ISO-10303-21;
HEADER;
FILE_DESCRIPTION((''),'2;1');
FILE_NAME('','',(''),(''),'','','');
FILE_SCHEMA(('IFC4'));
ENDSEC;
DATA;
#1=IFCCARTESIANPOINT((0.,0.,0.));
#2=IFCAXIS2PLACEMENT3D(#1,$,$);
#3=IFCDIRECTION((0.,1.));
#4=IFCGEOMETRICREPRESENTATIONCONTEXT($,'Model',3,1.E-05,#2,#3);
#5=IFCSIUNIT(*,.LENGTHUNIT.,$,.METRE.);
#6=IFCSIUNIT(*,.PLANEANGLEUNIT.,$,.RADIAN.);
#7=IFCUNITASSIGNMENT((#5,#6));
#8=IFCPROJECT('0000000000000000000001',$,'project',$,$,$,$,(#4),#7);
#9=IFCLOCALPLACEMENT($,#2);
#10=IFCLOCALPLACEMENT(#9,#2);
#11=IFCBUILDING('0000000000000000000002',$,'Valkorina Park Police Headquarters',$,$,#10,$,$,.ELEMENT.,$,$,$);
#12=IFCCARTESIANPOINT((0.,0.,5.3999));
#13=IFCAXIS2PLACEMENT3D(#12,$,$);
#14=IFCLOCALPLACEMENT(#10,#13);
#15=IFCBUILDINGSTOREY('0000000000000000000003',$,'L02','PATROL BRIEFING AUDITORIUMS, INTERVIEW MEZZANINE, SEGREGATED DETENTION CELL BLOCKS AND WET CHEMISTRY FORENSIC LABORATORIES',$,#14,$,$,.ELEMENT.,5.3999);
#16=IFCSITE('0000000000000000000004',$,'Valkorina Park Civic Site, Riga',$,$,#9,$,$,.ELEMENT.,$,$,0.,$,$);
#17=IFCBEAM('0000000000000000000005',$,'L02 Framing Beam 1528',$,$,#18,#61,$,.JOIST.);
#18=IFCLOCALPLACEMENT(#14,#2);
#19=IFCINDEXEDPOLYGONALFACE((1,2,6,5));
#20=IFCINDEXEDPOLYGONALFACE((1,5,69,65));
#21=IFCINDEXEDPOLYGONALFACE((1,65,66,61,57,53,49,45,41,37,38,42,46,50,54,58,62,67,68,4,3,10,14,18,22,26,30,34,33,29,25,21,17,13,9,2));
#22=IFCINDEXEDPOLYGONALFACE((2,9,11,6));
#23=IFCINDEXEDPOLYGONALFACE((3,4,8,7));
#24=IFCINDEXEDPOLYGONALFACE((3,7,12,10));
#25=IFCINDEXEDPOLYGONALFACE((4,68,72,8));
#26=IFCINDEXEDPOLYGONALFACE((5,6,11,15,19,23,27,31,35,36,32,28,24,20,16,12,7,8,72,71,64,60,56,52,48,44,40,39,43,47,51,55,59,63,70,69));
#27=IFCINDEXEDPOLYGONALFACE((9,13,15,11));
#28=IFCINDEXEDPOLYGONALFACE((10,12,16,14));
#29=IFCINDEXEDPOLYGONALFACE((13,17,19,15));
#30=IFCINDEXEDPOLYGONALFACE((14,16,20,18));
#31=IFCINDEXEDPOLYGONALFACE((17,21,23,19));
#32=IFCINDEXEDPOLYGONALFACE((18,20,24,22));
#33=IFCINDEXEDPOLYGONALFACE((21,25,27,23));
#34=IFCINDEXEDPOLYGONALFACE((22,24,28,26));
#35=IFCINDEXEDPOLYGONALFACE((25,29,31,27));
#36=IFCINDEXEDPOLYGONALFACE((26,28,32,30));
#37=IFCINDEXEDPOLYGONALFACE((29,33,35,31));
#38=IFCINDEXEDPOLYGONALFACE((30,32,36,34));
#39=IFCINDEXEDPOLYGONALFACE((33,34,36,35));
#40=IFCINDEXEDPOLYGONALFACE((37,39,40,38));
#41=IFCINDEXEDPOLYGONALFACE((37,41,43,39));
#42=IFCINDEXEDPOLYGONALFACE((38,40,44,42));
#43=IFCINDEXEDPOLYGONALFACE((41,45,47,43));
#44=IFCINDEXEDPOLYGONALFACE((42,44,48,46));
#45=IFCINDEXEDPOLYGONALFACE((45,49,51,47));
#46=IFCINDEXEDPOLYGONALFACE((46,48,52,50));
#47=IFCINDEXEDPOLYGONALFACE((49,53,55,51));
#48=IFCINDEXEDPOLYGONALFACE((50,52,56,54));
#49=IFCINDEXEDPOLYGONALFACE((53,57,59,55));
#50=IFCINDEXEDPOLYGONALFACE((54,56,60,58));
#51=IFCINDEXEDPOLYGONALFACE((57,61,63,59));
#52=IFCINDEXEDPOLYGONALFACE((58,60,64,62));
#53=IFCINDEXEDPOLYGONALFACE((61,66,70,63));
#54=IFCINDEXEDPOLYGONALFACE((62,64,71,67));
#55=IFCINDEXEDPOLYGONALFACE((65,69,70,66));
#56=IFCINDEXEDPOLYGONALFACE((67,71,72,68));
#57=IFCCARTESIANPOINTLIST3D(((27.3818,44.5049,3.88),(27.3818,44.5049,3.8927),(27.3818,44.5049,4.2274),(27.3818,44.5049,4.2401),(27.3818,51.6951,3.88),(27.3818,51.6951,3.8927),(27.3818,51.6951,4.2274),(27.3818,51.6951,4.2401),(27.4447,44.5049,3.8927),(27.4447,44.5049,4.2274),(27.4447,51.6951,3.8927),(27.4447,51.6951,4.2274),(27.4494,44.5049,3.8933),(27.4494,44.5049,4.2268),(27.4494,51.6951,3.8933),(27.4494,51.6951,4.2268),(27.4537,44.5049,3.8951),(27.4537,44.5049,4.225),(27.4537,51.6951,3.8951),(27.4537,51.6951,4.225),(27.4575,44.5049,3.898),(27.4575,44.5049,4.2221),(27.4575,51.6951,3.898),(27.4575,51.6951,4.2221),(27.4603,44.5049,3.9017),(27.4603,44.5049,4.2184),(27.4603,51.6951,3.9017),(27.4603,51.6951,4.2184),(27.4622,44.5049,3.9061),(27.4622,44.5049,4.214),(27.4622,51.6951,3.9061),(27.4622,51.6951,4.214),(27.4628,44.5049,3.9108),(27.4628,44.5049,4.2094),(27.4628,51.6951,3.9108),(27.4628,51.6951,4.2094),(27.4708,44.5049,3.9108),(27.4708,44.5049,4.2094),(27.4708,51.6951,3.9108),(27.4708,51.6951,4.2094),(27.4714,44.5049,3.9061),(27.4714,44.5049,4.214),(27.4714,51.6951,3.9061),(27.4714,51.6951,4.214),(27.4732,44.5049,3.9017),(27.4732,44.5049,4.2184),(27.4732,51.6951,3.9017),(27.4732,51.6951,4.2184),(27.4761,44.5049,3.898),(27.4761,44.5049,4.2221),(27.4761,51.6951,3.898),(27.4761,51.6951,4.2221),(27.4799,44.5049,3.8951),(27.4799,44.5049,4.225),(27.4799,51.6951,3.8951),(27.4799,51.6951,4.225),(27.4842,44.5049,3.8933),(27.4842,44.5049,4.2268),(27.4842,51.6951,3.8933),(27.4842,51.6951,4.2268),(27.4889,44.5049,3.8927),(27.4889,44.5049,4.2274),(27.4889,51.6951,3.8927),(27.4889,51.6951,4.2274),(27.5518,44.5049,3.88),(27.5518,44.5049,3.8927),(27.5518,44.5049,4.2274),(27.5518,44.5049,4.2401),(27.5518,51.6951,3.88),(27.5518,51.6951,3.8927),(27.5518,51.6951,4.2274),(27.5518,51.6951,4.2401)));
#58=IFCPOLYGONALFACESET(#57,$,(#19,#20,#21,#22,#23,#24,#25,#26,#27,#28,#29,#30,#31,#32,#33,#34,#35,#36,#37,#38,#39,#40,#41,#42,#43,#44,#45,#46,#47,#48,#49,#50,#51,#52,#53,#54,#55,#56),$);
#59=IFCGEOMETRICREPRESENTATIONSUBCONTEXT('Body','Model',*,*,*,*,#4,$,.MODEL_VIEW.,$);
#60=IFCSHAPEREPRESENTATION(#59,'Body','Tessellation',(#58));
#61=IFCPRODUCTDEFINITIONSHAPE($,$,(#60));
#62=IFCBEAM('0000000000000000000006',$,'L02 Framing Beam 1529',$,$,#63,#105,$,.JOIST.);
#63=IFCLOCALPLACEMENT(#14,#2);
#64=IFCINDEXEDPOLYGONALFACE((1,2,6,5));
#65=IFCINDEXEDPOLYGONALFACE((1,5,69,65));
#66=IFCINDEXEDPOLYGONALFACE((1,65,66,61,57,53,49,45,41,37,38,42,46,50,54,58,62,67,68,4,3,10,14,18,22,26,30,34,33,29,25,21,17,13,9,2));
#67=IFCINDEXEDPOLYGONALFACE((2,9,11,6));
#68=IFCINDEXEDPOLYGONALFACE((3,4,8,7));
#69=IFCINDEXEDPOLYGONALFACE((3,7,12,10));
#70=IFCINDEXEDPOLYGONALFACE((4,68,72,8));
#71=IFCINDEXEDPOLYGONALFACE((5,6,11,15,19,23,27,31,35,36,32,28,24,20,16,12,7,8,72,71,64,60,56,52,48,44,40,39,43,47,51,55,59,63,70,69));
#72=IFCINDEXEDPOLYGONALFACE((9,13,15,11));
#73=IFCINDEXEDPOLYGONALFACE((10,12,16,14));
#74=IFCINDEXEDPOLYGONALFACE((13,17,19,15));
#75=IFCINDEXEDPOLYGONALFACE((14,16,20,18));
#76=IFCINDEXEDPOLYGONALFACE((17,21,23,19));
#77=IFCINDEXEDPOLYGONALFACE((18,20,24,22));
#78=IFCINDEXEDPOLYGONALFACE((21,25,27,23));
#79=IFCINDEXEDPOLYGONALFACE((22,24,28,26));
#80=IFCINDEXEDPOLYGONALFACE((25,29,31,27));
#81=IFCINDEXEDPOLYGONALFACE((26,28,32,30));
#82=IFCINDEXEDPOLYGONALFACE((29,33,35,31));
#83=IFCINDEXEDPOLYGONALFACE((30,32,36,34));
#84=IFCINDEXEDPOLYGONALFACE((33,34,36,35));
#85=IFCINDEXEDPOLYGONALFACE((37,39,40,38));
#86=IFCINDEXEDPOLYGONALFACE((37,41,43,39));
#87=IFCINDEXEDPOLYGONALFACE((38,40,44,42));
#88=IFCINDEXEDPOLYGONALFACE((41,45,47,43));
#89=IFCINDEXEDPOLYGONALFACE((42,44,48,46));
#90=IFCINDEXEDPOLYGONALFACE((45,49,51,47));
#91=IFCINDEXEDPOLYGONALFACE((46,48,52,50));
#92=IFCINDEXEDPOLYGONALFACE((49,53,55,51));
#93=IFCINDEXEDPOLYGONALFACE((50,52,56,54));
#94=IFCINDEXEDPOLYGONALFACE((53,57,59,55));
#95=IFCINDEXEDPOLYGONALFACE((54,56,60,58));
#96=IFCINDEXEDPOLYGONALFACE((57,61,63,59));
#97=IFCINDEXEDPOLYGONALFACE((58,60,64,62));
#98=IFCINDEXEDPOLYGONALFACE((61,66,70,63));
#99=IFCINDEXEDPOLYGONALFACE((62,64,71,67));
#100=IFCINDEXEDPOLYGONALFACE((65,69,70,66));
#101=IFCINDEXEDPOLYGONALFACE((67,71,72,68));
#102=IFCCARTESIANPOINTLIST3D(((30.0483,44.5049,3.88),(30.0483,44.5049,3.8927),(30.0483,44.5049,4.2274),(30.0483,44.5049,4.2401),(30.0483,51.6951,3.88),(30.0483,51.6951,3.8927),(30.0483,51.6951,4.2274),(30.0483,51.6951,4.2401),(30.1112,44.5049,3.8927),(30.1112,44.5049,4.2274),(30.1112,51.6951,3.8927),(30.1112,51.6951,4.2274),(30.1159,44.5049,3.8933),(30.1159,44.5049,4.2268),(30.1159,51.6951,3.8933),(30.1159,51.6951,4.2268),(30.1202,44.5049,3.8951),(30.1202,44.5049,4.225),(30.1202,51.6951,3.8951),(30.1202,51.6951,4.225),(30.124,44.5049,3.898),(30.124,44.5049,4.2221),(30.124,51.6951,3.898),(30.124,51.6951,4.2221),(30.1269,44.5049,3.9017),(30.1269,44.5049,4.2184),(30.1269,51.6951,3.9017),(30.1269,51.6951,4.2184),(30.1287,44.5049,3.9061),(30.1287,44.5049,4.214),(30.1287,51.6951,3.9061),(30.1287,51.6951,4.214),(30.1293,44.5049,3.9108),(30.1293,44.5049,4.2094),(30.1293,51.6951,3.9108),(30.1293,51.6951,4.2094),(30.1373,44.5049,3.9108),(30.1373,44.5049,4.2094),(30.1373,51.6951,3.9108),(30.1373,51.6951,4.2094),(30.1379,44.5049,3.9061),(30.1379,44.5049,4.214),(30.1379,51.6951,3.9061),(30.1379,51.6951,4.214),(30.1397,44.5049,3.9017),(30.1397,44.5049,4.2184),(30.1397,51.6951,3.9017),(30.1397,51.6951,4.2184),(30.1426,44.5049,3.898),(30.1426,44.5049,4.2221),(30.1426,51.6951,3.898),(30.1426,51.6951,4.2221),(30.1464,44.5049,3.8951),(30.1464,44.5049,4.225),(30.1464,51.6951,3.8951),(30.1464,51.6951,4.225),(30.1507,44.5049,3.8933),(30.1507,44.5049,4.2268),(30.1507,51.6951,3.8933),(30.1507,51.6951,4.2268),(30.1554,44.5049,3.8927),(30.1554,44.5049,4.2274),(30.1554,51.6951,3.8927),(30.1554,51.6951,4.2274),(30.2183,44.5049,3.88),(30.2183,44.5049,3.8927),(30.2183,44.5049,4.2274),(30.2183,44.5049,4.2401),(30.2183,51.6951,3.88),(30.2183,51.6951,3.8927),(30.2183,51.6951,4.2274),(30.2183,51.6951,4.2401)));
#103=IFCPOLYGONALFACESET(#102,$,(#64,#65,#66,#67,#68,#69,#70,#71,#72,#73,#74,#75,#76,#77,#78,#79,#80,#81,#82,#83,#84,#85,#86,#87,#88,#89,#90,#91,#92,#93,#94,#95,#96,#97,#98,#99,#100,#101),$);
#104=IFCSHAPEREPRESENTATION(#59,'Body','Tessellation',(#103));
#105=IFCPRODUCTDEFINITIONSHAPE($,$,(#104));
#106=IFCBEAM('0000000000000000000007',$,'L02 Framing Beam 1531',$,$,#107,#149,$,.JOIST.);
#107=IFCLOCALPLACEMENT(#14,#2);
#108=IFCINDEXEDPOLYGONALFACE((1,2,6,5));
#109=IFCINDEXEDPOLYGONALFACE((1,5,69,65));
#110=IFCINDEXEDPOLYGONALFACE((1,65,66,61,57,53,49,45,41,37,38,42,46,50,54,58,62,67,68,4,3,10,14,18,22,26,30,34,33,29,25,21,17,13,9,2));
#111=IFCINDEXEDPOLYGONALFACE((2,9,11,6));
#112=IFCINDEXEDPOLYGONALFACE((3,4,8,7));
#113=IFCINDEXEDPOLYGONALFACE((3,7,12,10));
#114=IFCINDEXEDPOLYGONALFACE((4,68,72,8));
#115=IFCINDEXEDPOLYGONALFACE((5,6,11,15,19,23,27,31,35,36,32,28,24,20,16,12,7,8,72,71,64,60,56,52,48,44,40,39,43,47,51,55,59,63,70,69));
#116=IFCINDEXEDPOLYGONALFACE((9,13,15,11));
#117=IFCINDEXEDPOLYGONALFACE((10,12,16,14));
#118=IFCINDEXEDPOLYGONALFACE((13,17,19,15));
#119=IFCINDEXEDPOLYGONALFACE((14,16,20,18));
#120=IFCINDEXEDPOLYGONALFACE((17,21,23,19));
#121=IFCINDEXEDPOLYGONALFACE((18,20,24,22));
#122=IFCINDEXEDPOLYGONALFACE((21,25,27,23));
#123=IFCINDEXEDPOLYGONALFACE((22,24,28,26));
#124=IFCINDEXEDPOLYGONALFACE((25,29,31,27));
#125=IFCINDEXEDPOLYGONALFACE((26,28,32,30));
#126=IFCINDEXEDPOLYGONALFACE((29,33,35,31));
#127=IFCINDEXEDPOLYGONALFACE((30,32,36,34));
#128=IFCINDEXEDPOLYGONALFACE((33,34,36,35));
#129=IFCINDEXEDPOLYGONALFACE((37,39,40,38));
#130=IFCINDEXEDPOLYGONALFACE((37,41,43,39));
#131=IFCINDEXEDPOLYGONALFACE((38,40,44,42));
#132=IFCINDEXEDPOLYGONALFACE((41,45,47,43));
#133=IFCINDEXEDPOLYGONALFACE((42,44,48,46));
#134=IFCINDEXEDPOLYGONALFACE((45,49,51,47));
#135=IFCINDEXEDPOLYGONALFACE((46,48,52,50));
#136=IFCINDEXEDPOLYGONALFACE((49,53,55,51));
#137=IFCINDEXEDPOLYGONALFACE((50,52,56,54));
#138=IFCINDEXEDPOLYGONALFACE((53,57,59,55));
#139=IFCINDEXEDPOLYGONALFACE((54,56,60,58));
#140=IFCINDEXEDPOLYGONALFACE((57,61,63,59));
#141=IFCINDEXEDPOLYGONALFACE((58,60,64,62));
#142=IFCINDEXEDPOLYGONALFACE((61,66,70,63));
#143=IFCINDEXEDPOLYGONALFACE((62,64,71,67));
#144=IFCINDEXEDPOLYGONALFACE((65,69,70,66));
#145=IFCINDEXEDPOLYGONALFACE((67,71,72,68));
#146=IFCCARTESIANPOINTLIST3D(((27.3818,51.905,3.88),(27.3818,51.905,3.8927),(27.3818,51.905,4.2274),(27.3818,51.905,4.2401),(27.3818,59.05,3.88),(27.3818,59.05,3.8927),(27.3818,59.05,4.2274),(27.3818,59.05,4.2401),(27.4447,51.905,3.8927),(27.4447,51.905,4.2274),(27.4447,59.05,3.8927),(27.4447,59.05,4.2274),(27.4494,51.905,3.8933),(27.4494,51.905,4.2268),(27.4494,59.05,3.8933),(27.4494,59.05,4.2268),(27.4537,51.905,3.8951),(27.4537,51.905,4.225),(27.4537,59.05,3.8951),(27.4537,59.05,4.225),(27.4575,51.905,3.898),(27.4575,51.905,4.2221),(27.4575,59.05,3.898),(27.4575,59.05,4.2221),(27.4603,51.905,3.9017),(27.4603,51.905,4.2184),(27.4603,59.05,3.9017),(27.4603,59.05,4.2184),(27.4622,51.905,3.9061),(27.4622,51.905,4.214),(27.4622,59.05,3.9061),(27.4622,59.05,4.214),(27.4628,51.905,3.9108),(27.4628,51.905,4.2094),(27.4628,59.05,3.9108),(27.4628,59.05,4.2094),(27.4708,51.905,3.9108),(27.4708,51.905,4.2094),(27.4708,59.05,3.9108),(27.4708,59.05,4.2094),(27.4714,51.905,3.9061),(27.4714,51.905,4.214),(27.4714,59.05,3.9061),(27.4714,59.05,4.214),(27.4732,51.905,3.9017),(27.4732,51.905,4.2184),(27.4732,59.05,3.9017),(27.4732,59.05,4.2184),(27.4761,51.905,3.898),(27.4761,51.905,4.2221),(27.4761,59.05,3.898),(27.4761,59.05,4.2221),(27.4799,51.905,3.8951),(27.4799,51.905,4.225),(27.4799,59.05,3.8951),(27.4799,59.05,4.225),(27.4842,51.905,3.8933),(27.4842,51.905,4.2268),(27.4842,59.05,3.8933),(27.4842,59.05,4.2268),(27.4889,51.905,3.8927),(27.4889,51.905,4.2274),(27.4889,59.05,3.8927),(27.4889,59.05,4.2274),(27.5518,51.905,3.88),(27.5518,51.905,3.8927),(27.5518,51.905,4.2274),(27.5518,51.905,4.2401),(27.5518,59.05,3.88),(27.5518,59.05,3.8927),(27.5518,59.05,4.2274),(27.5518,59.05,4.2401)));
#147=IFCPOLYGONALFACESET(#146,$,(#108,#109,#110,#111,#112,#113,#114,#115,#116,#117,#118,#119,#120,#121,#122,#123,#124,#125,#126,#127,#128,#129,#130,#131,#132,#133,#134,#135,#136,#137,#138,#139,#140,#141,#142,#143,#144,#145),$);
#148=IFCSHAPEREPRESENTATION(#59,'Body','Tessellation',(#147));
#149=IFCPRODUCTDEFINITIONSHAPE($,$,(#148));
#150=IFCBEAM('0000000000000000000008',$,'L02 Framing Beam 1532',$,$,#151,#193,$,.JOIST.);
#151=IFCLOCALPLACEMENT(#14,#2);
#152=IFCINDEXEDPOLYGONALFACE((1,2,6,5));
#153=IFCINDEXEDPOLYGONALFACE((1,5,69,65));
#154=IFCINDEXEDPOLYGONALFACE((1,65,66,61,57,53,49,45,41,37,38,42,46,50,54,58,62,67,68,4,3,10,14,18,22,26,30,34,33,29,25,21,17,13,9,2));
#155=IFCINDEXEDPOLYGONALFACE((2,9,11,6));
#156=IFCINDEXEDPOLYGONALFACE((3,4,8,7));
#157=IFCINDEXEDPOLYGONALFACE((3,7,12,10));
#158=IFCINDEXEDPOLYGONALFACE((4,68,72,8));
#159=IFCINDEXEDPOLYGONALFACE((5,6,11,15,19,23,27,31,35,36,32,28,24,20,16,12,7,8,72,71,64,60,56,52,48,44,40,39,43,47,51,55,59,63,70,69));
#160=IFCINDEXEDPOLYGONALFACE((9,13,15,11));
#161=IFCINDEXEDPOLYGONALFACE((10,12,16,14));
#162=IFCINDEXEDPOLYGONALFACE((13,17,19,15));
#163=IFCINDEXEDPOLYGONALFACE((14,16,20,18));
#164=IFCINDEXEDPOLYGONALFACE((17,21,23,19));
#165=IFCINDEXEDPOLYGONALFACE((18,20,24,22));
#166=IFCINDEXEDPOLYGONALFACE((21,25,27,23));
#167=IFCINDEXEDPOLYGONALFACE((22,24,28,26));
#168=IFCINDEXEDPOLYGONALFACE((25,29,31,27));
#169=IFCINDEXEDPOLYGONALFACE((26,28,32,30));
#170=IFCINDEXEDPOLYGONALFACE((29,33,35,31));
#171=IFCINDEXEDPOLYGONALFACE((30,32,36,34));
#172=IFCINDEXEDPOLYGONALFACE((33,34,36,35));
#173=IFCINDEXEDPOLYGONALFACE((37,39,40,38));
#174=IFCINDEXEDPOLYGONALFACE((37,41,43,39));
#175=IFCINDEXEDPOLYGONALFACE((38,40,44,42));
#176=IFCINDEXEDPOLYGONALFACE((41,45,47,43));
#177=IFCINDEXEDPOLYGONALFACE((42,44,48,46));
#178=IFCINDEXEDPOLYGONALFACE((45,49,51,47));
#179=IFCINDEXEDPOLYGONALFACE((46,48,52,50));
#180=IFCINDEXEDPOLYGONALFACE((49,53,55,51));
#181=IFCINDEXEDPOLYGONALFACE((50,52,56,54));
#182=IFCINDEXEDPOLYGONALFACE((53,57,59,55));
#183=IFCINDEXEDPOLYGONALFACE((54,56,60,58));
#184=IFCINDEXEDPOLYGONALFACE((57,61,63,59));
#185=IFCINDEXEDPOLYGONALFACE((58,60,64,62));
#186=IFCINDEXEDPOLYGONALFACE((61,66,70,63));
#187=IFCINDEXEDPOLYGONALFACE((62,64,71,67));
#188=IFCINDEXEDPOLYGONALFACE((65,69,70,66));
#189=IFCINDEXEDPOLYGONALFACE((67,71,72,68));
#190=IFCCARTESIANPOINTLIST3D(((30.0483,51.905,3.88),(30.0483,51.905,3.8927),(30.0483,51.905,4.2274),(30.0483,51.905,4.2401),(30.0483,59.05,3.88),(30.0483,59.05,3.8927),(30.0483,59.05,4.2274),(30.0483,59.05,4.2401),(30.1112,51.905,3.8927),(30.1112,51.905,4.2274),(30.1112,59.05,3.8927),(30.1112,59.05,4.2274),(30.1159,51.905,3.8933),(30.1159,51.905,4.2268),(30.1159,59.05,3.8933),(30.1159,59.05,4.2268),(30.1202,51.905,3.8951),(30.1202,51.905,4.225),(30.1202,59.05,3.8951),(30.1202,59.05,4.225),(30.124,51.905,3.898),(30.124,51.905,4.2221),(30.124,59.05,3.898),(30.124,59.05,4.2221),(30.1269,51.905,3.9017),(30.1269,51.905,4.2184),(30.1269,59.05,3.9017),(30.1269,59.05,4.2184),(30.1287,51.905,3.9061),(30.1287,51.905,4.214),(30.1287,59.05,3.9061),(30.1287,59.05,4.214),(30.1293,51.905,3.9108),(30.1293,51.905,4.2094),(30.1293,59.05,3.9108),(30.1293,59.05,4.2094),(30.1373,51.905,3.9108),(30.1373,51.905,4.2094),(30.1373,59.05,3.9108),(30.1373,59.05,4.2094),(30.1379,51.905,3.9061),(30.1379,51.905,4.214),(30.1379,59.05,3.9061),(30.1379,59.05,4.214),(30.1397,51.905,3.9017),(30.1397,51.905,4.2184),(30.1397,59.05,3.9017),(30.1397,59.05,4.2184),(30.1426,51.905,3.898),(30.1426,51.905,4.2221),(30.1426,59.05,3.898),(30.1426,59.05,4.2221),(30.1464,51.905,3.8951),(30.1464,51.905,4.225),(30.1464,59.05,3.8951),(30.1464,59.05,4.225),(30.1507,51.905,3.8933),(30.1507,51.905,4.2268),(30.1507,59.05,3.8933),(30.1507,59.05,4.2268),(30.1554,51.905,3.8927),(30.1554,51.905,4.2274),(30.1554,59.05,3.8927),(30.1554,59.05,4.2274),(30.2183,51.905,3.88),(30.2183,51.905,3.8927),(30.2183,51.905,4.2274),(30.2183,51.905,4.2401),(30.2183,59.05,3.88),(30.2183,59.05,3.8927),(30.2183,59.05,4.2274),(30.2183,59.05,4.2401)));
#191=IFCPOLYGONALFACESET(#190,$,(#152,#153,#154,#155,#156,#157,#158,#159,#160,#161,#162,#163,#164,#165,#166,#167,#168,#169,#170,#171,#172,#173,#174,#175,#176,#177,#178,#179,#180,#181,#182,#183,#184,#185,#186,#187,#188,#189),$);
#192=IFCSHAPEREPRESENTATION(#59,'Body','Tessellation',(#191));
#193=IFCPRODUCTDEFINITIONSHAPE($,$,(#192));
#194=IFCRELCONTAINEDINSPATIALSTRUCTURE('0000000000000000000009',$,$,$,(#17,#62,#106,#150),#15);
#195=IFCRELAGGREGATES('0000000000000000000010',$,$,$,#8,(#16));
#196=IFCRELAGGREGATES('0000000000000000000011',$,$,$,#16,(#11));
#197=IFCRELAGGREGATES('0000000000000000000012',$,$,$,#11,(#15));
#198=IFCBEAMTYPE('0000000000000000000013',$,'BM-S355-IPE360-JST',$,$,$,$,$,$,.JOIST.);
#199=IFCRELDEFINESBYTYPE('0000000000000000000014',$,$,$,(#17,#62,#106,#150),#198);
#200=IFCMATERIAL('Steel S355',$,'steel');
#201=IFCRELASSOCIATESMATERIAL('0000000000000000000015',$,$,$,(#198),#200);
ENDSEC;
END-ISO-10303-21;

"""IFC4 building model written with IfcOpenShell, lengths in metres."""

from ifc_helpers import new_model, si_unit, direction, frame, origin, origin_2d, place, context, subcontext, project, spatial, i_section, extrude, material, material_profile, profile_set, type_object, element, save


model = new_model("IFC4")

# Units and contexts
model_context = context("Model", 3, precision=1e-05, world=origin(), true_north=direction((0.0, 1.0)))
body_context = subcontext(model_context, "Body", "Model", "MODEL_VIEW")
ifc_project = project(units=[si_unit("LENGTHUNIT", "METRE"), si_unit("PLANEANGLEUNIT", "RADIAN")], contexts=[model_context])

# Site, building, storey
site_placement = place(None, origin())
site = spatial("IfcSite", under=ifc_project, at=site_placement, Name="Valkorina Park Civic Site, Riga", CompositionType="ELEMENT", RefElevation=0.0)
building_placement = place(site_placement, origin())
building = spatial("IfcBuilding", under=site, at=building_placement, Name="Valkorina Park Police Headquarters", CompositionType="ELEMENT")
storey_placement = place(building_placement, frame((0.0, 0.0, 5.3999)))
storey = spatial("IfcBuildingStorey", under=building, at=storey_placement, Name="L02", Description="PATROL BRIEFING AUDITORIUMS, INTERVIEW MEZZANINE, SEGREGATED DETENTION CELL BLOCKS AND WET CHEMISTRY FORENSIC LABORATORIES", CompositionType="ELEMENT", Elevation=5.3999)

# Shared definitions
ifc_material_1 = material(Name="Steel S355", Category="steel")

# Beams
ifc_material_profile_1 = material_profile(ifc_material_1, i_section(OverallWidth=0.1699, OverallDepth=0.3601, WebThickness=0.0081, FlangeThickness=0.0127, FilletRadius=0.0181, at=origin_2d()), Name="IPE 360")
ifc_profile_set_1 = profile_set([ifc_material_profile_1], Name="Steel S355")
beam_type_1 = type_object("IfcBeamType", Name="BM-S355-IPE360-JST", PredefinedType="JOIST", material=ifc_profile_set_1)
for number, where, z_axis, x_axis, name in (
    (1, (27.4668, 44.5049, 4.0601), (0.0, 1.0, 0.0), (-1.0, 0.0, 0.0), "L02 Framing Beam 1528"),
    (2, (30.1333, 44.5049, 4.0601), (0.0, 1.0, 0.0), (-1.0, 0.0, 0.0), "L02 Framing Beam 1529"),
):
    element("IfcBeam", number, at=place(storey_placement, frame(where, z_axis=z_axis, x_axis=x_axis)), inside=storey, type_object=beam_type_1, Name=name, PredefinedType="JOIST", context=body_context, shape_type="SweptSolid", body=[
        extrude(i_section(OverallWidth=0.1699, OverallDepth=0.3601, WebThickness=0.0081, FlangeThickness=0.0127, FilletRadius=0.0181, at=origin_2d()), origin(), (0.0, 0.0, 1.0), 7.1902),
    ])
for number, where, z_axis, x_axis, name in (
    (3, (27.4668, 51.905, 4.0601), (0.0, 1.0, 0.0), (-1.0, 0.0, 0.0), "L02 Framing Beam 1531"),
    (4, (30.1333, 51.905, 4.0601), (0.0, 1.0, 0.0), (-1.0, 0.0, 0.0), "L02 Framing Beam 1532"),
):
    element("IfcBeam", number, at=place(storey_placement, frame(where, z_axis=z_axis, x_axis=x_axis)), inside=storey, type_object=beam_type_1, Name=name, PredefinedType="JOIST", context=body_context, shape_type="SweptSolid", body=[
        extrude(i_section(OverallWidth=0.1699, OverallDepth=0.3601, WebThickness=0.0081, FlangeThickness=0.0127, FilletRadius=0.0181, at=origin_2d()), origin(), (0.0, 0.0, 1.0), 7.145),
    ])

save(model, "model.ifc")
